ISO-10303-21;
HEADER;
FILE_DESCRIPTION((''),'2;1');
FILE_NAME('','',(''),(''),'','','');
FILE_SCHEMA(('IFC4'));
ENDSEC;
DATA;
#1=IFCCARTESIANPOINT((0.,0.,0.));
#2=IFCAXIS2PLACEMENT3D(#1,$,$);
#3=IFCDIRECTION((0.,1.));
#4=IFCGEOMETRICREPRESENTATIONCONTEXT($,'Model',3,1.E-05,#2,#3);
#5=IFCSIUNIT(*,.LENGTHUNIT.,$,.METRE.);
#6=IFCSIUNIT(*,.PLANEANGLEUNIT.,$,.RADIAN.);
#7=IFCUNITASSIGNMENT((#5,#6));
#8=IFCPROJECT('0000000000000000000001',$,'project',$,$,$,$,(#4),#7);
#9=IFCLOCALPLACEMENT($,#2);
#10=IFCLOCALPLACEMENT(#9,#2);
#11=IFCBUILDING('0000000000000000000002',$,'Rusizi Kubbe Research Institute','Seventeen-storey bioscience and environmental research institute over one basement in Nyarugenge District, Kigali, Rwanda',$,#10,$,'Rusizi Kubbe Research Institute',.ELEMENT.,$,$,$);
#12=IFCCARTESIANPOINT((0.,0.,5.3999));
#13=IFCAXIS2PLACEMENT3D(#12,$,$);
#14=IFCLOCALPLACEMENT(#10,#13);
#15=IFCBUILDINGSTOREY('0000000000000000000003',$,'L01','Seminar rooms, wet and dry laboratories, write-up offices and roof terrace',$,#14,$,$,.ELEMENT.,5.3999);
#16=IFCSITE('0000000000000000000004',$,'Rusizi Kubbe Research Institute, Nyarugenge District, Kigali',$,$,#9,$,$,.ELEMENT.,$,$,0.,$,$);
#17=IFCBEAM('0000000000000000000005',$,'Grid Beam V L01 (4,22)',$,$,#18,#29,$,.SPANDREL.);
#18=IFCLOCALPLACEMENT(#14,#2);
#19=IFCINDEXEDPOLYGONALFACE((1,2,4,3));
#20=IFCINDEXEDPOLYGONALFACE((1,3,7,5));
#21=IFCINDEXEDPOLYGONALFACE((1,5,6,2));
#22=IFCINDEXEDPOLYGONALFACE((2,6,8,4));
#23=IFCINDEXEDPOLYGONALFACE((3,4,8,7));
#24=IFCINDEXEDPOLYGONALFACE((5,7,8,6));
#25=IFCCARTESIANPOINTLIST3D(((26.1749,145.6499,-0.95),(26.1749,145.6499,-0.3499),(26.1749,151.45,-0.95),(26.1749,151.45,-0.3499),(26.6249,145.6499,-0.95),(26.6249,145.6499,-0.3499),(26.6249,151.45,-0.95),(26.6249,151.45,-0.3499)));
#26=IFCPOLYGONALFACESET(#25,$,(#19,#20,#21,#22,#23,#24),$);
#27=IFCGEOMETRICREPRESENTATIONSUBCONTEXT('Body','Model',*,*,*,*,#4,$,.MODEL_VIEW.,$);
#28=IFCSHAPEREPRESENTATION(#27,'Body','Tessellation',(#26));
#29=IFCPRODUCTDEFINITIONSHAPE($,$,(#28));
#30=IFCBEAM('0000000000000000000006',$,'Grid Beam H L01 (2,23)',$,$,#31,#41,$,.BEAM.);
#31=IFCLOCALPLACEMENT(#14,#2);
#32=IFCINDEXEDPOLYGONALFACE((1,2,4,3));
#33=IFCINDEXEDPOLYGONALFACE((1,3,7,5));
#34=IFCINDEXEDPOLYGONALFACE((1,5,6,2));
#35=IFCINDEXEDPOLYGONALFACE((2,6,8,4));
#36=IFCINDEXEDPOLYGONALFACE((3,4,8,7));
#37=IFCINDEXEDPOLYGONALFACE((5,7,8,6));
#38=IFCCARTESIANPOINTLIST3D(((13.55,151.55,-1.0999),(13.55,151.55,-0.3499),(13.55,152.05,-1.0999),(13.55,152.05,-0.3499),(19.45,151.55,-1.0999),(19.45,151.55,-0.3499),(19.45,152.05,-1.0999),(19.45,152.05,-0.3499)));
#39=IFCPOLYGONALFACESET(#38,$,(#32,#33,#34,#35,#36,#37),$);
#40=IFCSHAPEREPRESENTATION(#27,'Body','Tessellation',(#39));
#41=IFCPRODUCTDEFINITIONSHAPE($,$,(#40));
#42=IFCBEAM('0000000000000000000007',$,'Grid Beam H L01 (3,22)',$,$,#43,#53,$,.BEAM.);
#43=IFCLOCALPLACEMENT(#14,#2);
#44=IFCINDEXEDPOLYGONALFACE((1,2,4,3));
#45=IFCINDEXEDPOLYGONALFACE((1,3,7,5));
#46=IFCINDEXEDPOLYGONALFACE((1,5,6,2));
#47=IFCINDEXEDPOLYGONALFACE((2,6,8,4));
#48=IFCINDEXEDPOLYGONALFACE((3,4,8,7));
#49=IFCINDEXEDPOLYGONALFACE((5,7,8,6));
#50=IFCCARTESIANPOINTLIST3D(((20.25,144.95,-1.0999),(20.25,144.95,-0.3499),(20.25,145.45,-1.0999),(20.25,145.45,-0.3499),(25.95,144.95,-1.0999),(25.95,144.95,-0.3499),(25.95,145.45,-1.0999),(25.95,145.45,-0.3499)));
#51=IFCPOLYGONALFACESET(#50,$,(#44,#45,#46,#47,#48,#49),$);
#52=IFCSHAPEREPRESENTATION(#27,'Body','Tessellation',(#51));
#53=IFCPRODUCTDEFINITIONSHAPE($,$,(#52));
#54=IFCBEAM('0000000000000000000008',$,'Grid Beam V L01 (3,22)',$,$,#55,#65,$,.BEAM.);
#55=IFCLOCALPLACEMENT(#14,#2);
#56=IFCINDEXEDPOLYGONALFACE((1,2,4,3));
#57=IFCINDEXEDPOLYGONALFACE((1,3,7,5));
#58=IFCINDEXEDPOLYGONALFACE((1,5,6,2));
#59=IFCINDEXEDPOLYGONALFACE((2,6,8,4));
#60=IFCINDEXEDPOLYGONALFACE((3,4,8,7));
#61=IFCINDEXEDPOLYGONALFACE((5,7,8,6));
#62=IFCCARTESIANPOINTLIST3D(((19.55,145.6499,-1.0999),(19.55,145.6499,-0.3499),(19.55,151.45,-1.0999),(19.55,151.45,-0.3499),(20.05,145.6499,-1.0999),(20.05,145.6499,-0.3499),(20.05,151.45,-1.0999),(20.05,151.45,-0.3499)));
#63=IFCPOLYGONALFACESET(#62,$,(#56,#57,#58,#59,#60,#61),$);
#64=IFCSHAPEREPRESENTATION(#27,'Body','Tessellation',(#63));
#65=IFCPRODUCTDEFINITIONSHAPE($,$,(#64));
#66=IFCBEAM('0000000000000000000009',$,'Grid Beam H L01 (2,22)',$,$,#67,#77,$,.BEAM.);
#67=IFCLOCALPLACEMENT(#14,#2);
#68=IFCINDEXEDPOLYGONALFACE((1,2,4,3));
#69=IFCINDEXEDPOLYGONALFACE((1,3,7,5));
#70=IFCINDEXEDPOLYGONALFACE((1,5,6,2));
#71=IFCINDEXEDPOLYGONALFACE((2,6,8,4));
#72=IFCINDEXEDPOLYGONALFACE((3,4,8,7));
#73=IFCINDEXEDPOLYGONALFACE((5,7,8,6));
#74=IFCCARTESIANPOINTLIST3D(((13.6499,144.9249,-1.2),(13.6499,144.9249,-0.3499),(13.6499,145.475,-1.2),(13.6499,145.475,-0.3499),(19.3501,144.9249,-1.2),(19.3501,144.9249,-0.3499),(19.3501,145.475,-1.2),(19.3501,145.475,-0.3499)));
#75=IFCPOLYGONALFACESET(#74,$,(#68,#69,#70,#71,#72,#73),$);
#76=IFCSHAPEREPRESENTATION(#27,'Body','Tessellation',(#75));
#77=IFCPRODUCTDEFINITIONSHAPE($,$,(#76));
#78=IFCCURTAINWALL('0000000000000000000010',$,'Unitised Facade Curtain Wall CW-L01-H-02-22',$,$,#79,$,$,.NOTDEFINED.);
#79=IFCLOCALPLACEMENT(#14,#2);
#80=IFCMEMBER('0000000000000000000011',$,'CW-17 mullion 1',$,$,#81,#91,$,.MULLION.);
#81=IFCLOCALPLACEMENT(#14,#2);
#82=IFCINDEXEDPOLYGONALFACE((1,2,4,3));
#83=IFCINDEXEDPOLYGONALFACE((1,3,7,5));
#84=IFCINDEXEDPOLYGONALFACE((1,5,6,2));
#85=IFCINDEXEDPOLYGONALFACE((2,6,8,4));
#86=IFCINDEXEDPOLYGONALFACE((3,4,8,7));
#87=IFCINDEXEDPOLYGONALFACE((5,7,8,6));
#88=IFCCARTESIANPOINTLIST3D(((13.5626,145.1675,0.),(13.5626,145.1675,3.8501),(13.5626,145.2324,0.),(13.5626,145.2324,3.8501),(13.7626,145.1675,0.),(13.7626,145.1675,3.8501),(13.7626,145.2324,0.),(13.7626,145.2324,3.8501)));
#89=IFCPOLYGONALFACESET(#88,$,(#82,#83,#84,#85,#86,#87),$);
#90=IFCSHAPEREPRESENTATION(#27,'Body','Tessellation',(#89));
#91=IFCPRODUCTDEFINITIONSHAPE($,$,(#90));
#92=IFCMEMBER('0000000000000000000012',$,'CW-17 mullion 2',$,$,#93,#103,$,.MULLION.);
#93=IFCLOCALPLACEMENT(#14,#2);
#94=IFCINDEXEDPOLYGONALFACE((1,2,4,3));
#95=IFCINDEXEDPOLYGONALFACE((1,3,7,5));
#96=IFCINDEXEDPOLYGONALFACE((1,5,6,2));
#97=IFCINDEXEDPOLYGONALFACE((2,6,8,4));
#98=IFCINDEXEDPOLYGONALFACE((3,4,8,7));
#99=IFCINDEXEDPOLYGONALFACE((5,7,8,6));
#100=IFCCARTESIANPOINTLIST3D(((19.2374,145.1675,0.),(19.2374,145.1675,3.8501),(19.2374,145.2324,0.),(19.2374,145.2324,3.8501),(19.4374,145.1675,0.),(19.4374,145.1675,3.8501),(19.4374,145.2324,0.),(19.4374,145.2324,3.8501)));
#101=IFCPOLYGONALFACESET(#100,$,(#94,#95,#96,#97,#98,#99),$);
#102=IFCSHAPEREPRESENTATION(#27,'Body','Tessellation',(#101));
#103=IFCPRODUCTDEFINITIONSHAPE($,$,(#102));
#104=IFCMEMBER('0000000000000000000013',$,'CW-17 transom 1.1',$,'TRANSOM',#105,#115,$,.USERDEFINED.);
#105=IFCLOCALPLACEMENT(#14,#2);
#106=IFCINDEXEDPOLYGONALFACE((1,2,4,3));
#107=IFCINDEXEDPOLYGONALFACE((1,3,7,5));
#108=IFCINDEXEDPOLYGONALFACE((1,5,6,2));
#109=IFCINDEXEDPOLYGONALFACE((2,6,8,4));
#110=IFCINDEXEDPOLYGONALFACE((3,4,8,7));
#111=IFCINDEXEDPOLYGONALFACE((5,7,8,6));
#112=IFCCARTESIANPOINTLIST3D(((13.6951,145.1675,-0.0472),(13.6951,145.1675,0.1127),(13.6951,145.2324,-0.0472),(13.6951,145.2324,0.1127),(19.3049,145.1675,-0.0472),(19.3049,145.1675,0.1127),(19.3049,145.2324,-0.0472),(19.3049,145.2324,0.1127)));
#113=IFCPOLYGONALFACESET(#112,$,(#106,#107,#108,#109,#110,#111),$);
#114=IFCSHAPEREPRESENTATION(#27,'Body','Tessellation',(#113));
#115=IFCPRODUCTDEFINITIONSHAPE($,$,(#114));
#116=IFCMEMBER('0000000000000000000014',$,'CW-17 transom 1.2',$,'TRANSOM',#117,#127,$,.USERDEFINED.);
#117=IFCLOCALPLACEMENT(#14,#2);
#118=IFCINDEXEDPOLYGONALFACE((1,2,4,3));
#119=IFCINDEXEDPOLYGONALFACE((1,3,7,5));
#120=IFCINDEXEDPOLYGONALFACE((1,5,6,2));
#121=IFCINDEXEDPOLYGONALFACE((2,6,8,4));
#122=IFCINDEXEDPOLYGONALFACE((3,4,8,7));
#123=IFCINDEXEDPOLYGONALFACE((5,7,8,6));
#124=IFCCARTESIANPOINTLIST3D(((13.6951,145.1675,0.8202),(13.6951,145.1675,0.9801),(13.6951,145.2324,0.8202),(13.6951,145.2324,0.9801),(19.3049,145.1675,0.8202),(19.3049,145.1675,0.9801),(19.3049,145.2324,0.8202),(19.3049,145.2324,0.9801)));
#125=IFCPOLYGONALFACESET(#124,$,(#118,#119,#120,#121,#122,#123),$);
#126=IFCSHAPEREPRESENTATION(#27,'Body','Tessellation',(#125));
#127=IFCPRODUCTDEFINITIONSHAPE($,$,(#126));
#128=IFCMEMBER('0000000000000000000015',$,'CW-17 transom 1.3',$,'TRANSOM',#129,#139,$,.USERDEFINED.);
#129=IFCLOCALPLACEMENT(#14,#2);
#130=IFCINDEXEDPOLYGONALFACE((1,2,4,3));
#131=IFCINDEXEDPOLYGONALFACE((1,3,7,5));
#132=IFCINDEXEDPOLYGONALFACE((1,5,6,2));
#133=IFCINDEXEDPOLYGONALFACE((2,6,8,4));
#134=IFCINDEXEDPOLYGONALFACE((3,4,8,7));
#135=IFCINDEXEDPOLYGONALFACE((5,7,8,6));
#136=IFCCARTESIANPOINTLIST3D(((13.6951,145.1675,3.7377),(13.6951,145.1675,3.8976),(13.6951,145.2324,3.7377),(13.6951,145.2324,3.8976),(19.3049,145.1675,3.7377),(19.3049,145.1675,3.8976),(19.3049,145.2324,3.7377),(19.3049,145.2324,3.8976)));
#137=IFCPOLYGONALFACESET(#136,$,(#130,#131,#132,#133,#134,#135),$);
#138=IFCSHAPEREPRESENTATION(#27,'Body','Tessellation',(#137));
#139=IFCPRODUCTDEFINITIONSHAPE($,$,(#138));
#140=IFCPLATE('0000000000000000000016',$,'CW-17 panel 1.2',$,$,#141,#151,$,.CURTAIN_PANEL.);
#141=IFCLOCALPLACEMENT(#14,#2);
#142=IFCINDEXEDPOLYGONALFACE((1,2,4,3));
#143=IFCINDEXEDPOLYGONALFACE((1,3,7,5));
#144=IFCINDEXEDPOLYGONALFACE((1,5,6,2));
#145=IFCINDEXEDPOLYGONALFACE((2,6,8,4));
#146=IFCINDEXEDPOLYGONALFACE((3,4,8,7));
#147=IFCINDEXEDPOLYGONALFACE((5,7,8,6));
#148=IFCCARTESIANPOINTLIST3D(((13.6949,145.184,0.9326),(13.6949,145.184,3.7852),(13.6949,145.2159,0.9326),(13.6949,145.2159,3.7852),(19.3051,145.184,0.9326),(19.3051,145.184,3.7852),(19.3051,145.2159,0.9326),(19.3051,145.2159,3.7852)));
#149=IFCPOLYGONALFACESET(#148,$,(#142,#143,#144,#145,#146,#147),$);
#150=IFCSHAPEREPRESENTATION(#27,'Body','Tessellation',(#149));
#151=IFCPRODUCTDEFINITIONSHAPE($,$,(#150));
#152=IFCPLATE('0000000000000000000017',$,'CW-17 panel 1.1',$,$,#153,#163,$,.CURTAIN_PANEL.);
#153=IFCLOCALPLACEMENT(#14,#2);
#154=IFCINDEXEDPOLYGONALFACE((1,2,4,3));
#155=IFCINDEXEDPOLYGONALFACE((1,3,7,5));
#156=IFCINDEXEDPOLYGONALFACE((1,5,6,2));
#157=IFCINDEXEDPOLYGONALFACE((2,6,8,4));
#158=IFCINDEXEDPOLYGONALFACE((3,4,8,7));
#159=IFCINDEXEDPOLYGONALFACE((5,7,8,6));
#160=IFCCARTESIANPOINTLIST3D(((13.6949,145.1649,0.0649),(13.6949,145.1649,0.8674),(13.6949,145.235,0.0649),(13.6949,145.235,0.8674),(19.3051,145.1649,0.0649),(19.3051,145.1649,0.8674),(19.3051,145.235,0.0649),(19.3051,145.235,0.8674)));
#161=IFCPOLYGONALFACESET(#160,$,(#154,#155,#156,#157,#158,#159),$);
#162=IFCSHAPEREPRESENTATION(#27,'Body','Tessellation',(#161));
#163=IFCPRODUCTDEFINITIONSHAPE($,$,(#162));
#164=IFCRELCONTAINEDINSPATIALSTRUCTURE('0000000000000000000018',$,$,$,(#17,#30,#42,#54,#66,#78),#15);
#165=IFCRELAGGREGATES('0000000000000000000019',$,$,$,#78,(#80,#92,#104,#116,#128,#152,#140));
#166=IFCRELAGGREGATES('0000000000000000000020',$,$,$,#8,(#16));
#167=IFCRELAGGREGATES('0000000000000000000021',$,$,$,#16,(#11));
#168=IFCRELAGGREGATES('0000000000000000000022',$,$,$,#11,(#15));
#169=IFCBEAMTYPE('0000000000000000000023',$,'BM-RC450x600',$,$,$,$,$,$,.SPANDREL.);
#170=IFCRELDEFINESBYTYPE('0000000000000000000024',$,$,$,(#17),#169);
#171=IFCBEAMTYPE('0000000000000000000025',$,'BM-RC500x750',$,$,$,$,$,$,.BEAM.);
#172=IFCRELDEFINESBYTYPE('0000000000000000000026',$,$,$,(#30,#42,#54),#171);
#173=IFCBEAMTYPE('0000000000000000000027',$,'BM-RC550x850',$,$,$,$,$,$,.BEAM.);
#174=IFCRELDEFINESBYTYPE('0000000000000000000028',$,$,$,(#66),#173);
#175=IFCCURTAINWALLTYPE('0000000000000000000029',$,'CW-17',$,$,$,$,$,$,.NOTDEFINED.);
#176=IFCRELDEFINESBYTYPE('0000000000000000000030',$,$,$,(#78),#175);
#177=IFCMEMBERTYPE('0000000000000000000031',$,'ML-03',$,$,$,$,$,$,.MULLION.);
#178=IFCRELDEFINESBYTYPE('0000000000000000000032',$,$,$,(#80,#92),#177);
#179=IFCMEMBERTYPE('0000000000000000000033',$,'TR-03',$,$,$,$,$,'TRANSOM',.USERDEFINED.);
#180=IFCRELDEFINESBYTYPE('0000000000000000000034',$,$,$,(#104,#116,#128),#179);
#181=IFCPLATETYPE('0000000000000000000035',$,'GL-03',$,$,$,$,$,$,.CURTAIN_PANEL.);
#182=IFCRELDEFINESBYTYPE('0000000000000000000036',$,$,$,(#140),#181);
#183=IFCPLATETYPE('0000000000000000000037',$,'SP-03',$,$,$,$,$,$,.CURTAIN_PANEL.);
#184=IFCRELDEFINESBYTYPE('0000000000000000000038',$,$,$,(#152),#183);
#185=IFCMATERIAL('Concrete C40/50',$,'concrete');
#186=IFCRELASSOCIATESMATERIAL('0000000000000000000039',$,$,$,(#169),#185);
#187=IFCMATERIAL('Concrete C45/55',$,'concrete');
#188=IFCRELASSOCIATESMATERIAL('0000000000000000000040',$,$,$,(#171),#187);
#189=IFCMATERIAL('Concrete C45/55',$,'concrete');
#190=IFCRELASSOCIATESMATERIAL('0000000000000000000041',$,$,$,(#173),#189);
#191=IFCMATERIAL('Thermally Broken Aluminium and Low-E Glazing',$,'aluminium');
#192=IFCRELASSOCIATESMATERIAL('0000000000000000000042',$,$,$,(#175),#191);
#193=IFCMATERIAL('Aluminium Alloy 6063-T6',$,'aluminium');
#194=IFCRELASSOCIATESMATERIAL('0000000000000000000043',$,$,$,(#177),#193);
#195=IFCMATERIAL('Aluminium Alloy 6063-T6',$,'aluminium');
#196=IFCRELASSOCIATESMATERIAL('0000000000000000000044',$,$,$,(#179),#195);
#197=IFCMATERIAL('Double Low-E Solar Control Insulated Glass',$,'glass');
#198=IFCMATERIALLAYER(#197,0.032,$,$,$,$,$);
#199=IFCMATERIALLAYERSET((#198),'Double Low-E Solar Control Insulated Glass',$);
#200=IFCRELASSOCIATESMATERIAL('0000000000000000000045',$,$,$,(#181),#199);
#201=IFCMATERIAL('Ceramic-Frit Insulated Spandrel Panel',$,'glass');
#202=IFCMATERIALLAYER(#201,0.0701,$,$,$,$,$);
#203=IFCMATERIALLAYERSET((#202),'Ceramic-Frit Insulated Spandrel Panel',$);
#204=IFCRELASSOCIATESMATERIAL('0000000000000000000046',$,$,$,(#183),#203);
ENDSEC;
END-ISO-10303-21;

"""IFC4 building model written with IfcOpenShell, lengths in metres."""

from ifc_helpers import new_model, si_unit, direction, frame, origin, origin_2d, place, context, subcontext, project, spatial, rectangle, extrude, material, layer, layer_set, material_profile, profile_set, type_object, element, aggregate, save


model = new_model("IFC4")

# Units and contexts
model_context = context("Model", 3, precision=1e-05, world=origin(), true_north=direction((0.0, 1.0)))
body_context = subcontext(model_context, "Body", "Model", "MODEL_VIEW")
ifc_project = project(units=[si_unit("LENGTHUNIT", "METRE"), si_unit("PLANEANGLEUNIT", "RADIAN")], contexts=[model_context])

# Site, building, storey
site_placement = place(None, origin())
site = spatial("IfcSite", under=ifc_project, at=site_placement, Name="Rusizi Kubbe Research Institute, Nyarugenge District, Kigali", CompositionType="ELEMENT", RefElevation=0.0)
building_placement = place(site_placement, origin())
building = spatial("IfcBuilding", under=site, at=building_placement, Name="Rusizi Kubbe Research Institute", Description="Seventeen-storey bioscience and environmental research institute over one basement in Nyarugenge District, Kigali, Rwanda", LongName="Rusizi Kubbe Research Institute", CompositionType="ELEMENT")
storey_placement = place(building_placement, frame((0.0, 0.0, 5.3999)))
storey = spatial("IfcBuildingStorey", under=building, at=storey_placement, Name="L01", Description="Seminar rooms, wet and dry laboratories, write-up offices and roof terrace", CompositionType="ELEMENT", Elevation=5.3999)

# Beams
ifc_material_1 = material(Name="Concrete C40/50", Category="concrete")
ifc_material_profile_1 = material_profile(ifc_material_1, rectangle(XDim=0.45, YDim=0.6001, at=origin_2d()), Name="RC450x600")
ifc_profile_set_1 = profile_set([ifc_material_profile_1], Name="Concrete C40/50")
beam_type_1 = type_object("IfcBeamType", Name="BM-RC450x600", PredefinedType="SPANDREL", material=ifc_profile_set_1)
beam_1_placement = place(storey_placement, frame((26.3999, 145.6499, -0.6499), z_axis=(0.0, 1.0, 0.0), x_axis=(-1.0, 0.0, 0.0)))
element("IfcBeam", 1, at=beam_1_placement, inside=storey, type_object=beam_type_1, Name="Grid Beam V L01 (4,22)", PredefinedType="SPANDREL", context=body_context, shape_type="SweptSolid", body=[
    extrude(rectangle(XDim=0.45, YDim=0.6001, at=origin_2d()), origin(), (0.0, 0.0, 1.0), 5.8),
])
ifc_material_2 = material(Name="Concrete C45/55", Category="concrete")
ifc_material_profile_2 = material_profile(ifc_material_2, rectangle(XDim=0.5, YDim=0.75, at=origin_2d()), Name="RC500x750B")
ifc_profile_set_2 = profile_set([ifc_material_profile_2], Name="Concrete C45/55")
beam_type_2 = type_object("IfcBeamType", Name="BM-RC500x750", PredefinedType="BEAM", material=ifc_profile_set_2)
beam_2_placement = place(storey_placement, frame((13.55, 151.8, -0.7249), z_axis=(1.0, 0.0, 0.0), x_axis=(0.0, 1.0, 0.0)))
element("IfcBeam", 2, at=beam_2_placement, inside=storey, type_object=beam_type_2, Name="Grid Beam H L01 (2,23)", PredefinedType="BEAM", context=body_context, shape_type="SweptSolid", body=[
    extrude(rectangle(XDim=0.5, YDim=0.75, at=origin_2d()), origin(), (0.0, 0.0, 1.0), 5.8999),
])
beam_3_placement = place(storey_placement, frame((20.25, 145.2, -0.7249), z_axis=(1.0, 0.0, 0.0), x_axis=(0.0, 1.0, 0.0)))
element("IfcBeam", 3, at=beam_3_placement, inside=storey, type_object=beam_type_2, Name="Grid Beam H L01 (3,22)", PredefinedType="BEAM", context=body_context, shape_type="SweptSolid", body=[
    extrude(rectangle(XDim=0.5, YDim=0.75, at=origin_2d()), origin(), (0.0, 0.0, 1.0), 5.7),
])
beam_4_placement = place(storey_placement, frame((19.8, 145.6499, -0.7249), z_axis=(0.0, 1.0, 0.0), x_axis=(-1.0, 0.0, 0.0)))
element("IfcBeam", 4, at=beam_4_placement, inside=storey, type_object=beam_type_2, Name="Grid Beam V L01 (3,22)", PredefinedType="BEAM", context=body_context, shape_type="SweptSolid", body=[
    extrude(rectangle(XDim=0.5, YDim=0.75, at=origin_2d()), origin(), (0.0, 0.0, 1.0), 5.8),
])
ifc_material_3 = material(Name="Concrete C45/55", Category="concrete")
ifc_material_profile_3 = material_profile(ifc_material_3, rectangle(XDim=0.55, YDim=0.8501, at=origin_2d()), Name="RC550x850")
ifc_profile_set_3 = profile_set([ifc_material_profile_3], Name="Concrete C45/55")
beam_type_3 = type_object("IfcBeamType", Name="BM-RC550x850", PredefinedType="BEAM", material=ifc_profile_set_3)
beam_5_placement = place(storey_placement, frame((13.6499, 145.2, -0.7749), z_axis=(1.0, 0.0, 0.0), x_axis=(0.0, 1.0, 0.0)))
element("IfcBeam", 5, at=beam_5_placement, inside=storey, type_object=beam_type_3, Name="Grid Beam H L01 (2,22)", PredefinedType="BEAM", context=body_context, shape_type="SweptSolid", body=[
    extrude(rectangle(XDim=0.55, YDim=0.8501, at=origin_2d()), origin(), (0.0, 0.0, 1.0), 5.7002),
])

# Curtain wall, members, plates
ifc_material_4 = material(Name="Thermally Broken Aluminium and Low-E Glazing", Category="aluminium")
curtain_wall_type = type_object("IfcCurtainWallType", Name="CW-17", PredefinedType="NOTDEFINED", material=ifc_material_4)
curtain_wall_placement = place(storey_placement, origin())
curtain_wall = element("IfcCurtainWall", 6, at=curtain_wall_placement, inside=storey, type_object=curtain_wall_type, Name="Unitised Facade Curtain Wall CW-L01-H-02-22", PredefinedType="NOTDEFINED")
ifc_material_5 = material(Name="Aluminium Alloy 6063-T6", Category="aluminium")
ifc_material_profile_4 = material_profile(ifc_material_5, rectangle(XDim=0.0649, YDim=0.2, at=origin_2d()), Name="ALU-M 65x200")
ifc_profile_set_4 = profile_set([ifc_material_profile_4], Name="Aluminium Alloy 6063-T6")
member_type_1 = type_object("IfcMemberType", Name="ML-03", PredefinedType="MULLION", material=ifc_profile_set_4)
member_1_placement = place(storey_placement, frame((13.6626, 145.2, 0.0), z_axis=(0.0, 0.0, 1.0), x_axis=(0.0, 1.0, 0.0)))
member_1 = element("IfcMember", 7, at=member_1_placement, type_object=member_type_1, Name="CW-17 mullion 1", PredefinedType="MULLION", context=body_context, shape_type="SweptSolid", body=[
    extrude(rectangle(XDim=0.0649, YDim=0.2, at=origin_2d()), origin(), (0.0, 0.0, 1.0), 3.8501),
])
member_2_placement = place(storey_placement, frame((19.3374, 145.2, 0.0), z_axis=(0.0, 0.0, 1.0), x_axis=(0.0, 1.0, 0.0)))
member_2 = element("IfcMember", 8, at=member_2_placement, type_object=member_type_1, Name="CW-17 mullion 2", PredefinedType="MULLION", context=body_context, shape_type="SweptSolid", body=[
    extrude(rectangle(XDim=0.0649, YDim=0.2, at=origin_2d()), origin(), (0.0, 0.0, 1.0), 3.8501),
])
ifc_material_6 = material(Name="Aluminium Alloy 6063-T6", Category="aluminium")
ifc_material_profile_5 = material_profile(ifc_material_6, rectangle(XDim=0.0649, YDim=0.1599, at=origin_2d()), Name="ALU-T 65x160")
ifc_profile_set_5 = profile_set([ifc_material_profile_5], Name="Aluminium Alloy 6063-T6")
member_type_2 = type_object("IfcMemberType", Name="TR-03", ElementType="TRANSOM", PredefinedType="USERDEFINED", material=ifc_profile_set_5)
member_3_placement = place(storey_placement, frame((13.6951, 145.2, 0.0327), z_axis=(1.0, 0.0, 0.0), x_axis=(0.0, 1.0, 0.0)))
member_3 = element("IfcMember", 9, at=member_3_placement, type_object=member_type_2, Name="CW-17 transom 1.1", ObjectType="TRANSOM", PredefinedType="USERDEFINED", context=body_context, shape_type="SweptSolid", body=[
    extrude(rectangle(XDim=0.0649, YDim=0.1599, at=origin_2d()), origin(), (0.0, 0.0, 1.0), 5.6099),
])
member_4_placement = place(storey_placement, frame((13.6951, 145.2, 0.9001), z_axis=(1.0, 0.0, 0.0), x_axis=(0.0, 1.0, 0.0)))
member_4 = element("IfcMember", 10, at=member_4_placement, type_object=member_type_2, Name="CW-17 transom 1.2", ObjectType="TRANSOM", PredefinedType="USERDEFINED", context=body_context, shape_type="SweptSolid", body=[
    extrude(rectangle(XDim=0.0649, YDim=0.1599, at=origin_2d()), origin(), (0.0, 0.0, 1.0), 5.6099),
])
member_5_placement = place(storey_placement, frame((13.6951, 145.2, 3.8176), z_axis=(1.0, 0.0, 0.0), x_axis=(0.0, 1.0, 0.0)))
member_5 = element("IfcMember", 11, at=member_5_placement, type_object=member_type_2, Name="CW-17 transom 1.3", ObjectType="TRANSOM", PredefinedType="USERDEFINED", context=body_context, shape_type="SweptSolid", body=[
    extrude(rectangle(XDim=0.0649, YDim=0.1599, at=origin_2d()), origin(), (0.0, 0.0, 1.0), 5.6099),
])
ifc_material_7 = material(Name="Double Low-E Solar Control Insulated Glass", Category="glass")
ifc_layer_1 = layer(ifc_material_7, 0.032)
ifc_layer_set_1 = layer_set([ifc_layer_1], Name="Double Low-E Solar Control Insulated Glass")
plate_type_1 = type_object("IfcPlateType", Name="GL-03", PredefinedType="CURTAIN_PANEL", material=ifc_layer_set_1)
plate_1_placement = place(storey_placement, frame((16.5, 145.2, 0.9326), z_axis=(0.0, 0.0, 1.0), x_axis=(1.0, 0.0, 0.0)))
plate_1 = element("IfcPlate", 12, at=plate_1_placement, type_object=plate_type_1, Name="CW-17 panel 1.2", PredefinedType="CURTAIN_PANEL", context=body_context, shape_type="SweptSolid", body=[
    extrude(rectangle(XDim=5.6101, YDim=0.032, at=origin_2d()), origin(), (0.0, 0.0, 1.0), 2.8525),
])
ifc_material_8 = material(Name="Ceramic-Frit Insulated Spandrel Panel", Category="glass")
ifc_layer_2 = layer(ifc_material_8, 0.0701)
ifc_layer_set_2 = layer_set([ifc_layer_2], Name="Ceramic-Frit Insulated Spandrel Panel")
plate_type_2 = type_object("IfcPlateType", Name="SP-03", PredefinedType="CURTAIN_PANEL", material=ifc_layer_set_2)
plate_2_placement = place(storey_placement, frame((16.5, 145.2, 0.0649), z_axis=(0.0, 0.0, 1.0), x_axis=(1.0, 0.0, 0.0)))
plate_2 = element("IfcPlate", 13, at=plate_2_placement, type_object=plate_type_2, Name="CW-17 panel 1.1", PredefinedType="CURTAIN_PANEL", context=body_context, shape_type="SweptSolid", body=[
    extrude(rectangle(XDim=5.6101, YDim=0.0701, at=origin_2d()), origin(), (0.0, 0.0, 1.0), 0.8025),
])
aggregate(curtain_wall, [member_1, member_2, member_3, member_4, member_5, plate_2, plate_1])

save(model, "model.ifc")
